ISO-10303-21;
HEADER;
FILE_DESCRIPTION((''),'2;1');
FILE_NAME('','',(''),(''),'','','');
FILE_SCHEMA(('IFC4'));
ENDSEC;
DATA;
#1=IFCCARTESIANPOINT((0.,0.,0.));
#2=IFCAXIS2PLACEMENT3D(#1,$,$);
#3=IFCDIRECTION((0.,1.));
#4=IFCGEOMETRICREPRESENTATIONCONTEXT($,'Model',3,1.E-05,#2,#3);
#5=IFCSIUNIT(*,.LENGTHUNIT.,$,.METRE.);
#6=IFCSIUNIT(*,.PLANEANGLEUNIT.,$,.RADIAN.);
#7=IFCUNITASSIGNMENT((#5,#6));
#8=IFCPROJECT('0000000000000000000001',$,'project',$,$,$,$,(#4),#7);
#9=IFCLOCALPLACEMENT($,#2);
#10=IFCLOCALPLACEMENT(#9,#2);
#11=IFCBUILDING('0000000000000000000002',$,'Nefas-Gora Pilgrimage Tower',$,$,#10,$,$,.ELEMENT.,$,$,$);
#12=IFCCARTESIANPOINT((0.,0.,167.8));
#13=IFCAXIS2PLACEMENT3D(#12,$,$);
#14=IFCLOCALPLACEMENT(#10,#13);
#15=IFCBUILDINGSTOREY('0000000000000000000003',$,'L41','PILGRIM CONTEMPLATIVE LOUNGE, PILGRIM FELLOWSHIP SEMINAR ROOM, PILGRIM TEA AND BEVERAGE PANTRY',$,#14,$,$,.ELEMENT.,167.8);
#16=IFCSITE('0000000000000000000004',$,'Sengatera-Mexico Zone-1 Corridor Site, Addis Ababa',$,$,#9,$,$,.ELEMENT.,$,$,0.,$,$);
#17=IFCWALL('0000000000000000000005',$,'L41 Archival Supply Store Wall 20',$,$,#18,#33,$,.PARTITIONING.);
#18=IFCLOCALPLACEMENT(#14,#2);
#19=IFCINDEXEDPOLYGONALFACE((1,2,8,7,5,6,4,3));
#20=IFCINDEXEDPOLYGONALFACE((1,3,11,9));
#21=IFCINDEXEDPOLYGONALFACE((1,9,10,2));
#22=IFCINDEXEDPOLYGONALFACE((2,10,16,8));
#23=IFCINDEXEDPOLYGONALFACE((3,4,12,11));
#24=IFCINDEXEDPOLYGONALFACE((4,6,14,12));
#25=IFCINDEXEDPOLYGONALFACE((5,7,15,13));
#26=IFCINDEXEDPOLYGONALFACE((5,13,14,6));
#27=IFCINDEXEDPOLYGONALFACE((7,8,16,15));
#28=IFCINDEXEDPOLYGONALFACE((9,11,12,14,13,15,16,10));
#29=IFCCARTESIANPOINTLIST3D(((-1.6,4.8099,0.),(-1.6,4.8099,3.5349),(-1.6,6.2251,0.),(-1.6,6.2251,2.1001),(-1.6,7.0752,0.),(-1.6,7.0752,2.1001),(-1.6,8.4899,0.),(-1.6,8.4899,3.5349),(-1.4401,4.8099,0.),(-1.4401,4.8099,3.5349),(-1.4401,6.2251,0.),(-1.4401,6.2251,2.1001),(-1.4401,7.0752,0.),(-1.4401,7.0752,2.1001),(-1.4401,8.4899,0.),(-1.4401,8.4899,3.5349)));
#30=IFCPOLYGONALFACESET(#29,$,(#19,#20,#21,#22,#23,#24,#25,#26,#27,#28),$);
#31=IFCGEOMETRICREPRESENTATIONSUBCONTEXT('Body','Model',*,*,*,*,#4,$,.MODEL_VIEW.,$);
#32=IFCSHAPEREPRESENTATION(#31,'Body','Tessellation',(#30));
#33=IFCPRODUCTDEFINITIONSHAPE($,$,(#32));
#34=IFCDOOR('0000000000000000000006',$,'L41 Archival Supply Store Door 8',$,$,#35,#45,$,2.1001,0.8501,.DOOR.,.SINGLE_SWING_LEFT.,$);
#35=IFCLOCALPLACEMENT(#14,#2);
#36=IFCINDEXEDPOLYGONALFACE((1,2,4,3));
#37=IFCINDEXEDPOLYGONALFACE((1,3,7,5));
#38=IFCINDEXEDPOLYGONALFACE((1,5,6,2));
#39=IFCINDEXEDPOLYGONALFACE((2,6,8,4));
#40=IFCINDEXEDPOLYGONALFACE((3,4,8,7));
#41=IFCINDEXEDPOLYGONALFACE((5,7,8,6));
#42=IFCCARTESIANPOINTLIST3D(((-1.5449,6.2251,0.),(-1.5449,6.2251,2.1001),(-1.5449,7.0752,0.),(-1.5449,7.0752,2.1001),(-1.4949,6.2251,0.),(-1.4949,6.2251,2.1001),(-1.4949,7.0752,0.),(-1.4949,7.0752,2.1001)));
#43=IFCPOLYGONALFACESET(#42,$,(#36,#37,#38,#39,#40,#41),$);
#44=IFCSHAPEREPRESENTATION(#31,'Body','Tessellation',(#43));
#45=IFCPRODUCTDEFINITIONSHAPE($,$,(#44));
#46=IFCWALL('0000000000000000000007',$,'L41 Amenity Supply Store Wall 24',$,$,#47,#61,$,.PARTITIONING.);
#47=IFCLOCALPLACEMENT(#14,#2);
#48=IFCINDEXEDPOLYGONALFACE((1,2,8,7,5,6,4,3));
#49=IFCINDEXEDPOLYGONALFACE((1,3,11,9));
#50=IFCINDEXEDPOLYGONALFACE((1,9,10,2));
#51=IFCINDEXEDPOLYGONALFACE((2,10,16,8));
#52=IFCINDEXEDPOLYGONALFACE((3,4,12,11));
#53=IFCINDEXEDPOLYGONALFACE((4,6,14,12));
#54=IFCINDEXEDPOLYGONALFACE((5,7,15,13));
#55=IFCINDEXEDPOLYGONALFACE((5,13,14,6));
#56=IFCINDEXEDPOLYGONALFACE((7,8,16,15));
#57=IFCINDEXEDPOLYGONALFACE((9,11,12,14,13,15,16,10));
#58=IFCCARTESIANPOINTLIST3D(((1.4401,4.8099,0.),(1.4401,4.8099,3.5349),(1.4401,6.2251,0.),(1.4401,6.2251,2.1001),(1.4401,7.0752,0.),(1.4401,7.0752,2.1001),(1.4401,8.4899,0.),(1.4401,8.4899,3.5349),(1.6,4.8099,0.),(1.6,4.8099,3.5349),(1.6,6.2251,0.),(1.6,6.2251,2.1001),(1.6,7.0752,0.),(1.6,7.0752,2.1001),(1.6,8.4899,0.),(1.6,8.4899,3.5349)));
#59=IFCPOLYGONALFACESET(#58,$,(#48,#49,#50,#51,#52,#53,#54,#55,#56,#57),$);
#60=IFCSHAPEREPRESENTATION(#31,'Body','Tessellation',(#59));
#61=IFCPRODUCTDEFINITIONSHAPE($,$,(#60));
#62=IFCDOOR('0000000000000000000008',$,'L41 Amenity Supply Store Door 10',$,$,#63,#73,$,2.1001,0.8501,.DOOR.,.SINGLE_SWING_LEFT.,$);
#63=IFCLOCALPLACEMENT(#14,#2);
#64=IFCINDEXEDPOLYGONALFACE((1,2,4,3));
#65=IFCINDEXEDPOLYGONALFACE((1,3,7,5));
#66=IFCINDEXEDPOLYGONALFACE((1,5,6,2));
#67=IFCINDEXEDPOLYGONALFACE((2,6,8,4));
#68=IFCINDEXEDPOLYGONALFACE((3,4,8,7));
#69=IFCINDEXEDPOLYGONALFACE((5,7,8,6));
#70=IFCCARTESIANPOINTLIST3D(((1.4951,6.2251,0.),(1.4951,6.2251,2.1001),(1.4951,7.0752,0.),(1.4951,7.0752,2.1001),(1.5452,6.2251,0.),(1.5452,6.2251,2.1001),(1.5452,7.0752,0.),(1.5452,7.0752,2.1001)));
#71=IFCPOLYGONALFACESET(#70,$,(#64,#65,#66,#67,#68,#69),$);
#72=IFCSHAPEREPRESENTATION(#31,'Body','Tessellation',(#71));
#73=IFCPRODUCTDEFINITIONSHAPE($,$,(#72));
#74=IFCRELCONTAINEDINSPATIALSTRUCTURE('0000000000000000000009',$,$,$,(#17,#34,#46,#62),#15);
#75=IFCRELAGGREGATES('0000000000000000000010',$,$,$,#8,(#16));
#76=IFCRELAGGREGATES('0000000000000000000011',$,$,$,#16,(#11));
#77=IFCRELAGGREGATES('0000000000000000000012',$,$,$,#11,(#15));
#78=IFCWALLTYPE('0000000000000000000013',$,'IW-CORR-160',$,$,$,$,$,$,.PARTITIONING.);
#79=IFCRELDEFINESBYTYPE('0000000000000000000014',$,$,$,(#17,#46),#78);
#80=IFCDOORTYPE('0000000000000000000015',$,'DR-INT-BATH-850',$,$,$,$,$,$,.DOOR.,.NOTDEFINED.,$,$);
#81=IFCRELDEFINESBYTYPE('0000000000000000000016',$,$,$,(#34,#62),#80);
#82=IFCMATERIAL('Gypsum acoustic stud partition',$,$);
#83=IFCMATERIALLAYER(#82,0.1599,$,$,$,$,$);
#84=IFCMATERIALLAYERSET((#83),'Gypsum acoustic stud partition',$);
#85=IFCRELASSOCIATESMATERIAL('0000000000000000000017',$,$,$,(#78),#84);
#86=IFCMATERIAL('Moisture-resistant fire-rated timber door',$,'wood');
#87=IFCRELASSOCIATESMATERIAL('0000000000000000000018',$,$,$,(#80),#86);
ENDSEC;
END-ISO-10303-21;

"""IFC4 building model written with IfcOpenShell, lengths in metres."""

from ifc_helpers import new_model, si_unit, direction, frame, frame_2d, origin, place, context, subcontext, project, spatial, rectangle, extrude, source, transform, mapped, material, layer, layer_set, type_object, element, fill, save


model = new_model("IFC4")

# Units and contexts
model_context = context("Model", 3, precision=1e-05, world=origin(), true_north=direction((0.0, 1.0)))
body_context = subcontext(model_context, "Body", "Model", "MODEL_VIEW")
ifc_project = project(units=[si_unit("LENGTHUNIT", "METRE"), si_unit("PLANEANGLEUNIT", "RADIAN")], contexts=[model_context])

# Site, building, storey
site_placement = place(None, origin())
site = spatial("IfcSite", under=ifc_project, at=site_placement, Name="Sengatera-Mexico Zone-1 Corridor Site, Addis Ababa", CompositionType="ELEMENT", RefElevation=0.0)
building_placement = place(site_placement, origin())
building = spatial("IfcBuilding", under=site, at=building_placement, Name="Nefas-Gora Pilgrimage Tower", CompositionType="ELEMENT")
storey_placement = place(building_placement, frame((0.0, 0.0, 167.8)))
storey = spatial("IfcBuildingStorey", under=building, at=storey_placement, Name="L41", Description="PILGRIM CONTEMPLATIVE LOUNGE, PILGRIM FELLOWSHIP SEMINAR ROOM, PILGRIM TEA AND BEVERAGE PANTRY", CompositionType="ELEMENT", Elevation=167.8)

# Walls, openings, doors
ifc_material_1 = material(Name="Gypsum acoustic stud partition")
ifc_layer_1 = layer(ifc_material_1, 0.1599)
ifc_layer_set_1 = layer_set([ifc_layer_1], Name="Gypsum acoustic stud partition")
wall_type_1 = type_object("IfcWallType", Name="IW-CORR-160", PredefinedType="PARTITIONING", material=ifc_layer_set_1)
ifc_material_2 = material(Name="Moisture-resistant fire-rated timber door", Category="wood")
door_type = type_object("IfcDoorType", Name="DR-INT-BATH-850", OperationType="NOTDEFINED", PredefinedType="DOOR", material=ifc_material_2)
shared_shape_1 = source(origin(), body_context, "Body", "SweptSolid", [
    extrude(rectangle(XDim=0.8501, YDim=2.1001, at=frame_2d((0.425, 1.05))), frame((0.0, 0.0249, 0.0), z_axis=(0.0, -1.0, 0.0), x_axis=(1.0, 0.0, 0.0)), (0.0, 0.0, 1.0), 0.05),
])
shared_shape_2 = source(origin(), body_context, "Body", "SweptSolid", [
    extrude(rectangle(XDim=3.6799, YDim=0.1599, at=frame_2d((1.8398, 0.0))), origin(), (0.0, 0.0, 1.0), 3.5349),
])
wall_1_placement = place(storey_placement, frame((-1.52, 4.8101, 0.0), z_axis=(0.0, 0.0, 1.0), x_axis=(0.0, 1.0, 0.0)))
wall_1 = element("IfcWall", 1, at=wall_1_placement, inside=storey, type_object=wall_type_1, Name="L41 Archival Supply Store Wall 20", PredefinedType="PARTITIONING", context=body_context, shape_type="MappedRepresentation", body=[
    mapped(shared_shape_2, transform((0.0, 0.0, 0.0), x_axis=(1.0, 0.0, 0.0), y_axis=(0.0, 1.0, 0.0), z_axis=(0.0, 0.0, 1.0), scale=1.0)),
])
opening_1_placement = place(wall_1_placement, frame((1.415, 0.0, 0.0)))
opening_1 = element("IfcOpeningElement", 2, at=opening_1_placement, cuts=wall_1, PredefinedType="OPENING", context=body_context, shape_type="SweptSolid", body=[
    extrude(rectangle(XDim=0.8501, YDim=2.1001, at=frame_2d((0.425, 1.05))), frame((0.0, 0.0898, 0.0), z_axis=(0.0, -1.0, 0.0), x_axis=(1.0, 0.0, 0.0)), (0.0, 0.0, 1.0), 0.1799),
])
door_1_placement = place(opening_1_placement, origin())
door_1 = element("IfcDoor", 3, at=door_1_placement, inside=storey, type_object=door_type, Name="L41 Archival Supply Store Door 8", OperationType="SINGLE_SWING_LEFT", OverallHeight=2.1001, OverallWidth=0.8501, PredefinedType="DOOR", context=body_context, shape_type="MappedRepresentation", body=[
    mapped(shared_shape_1, transform((0.0, 0.0, 0.0), x_axis=(1.0, 0.0, 0.0), y_axis=(0.0, 1.0, 0.0), z_axis=(0.0, 0.0, 1.0), scale=1.0)),
])
fill(opening_1, door_1)
wall_2_placement = place(storey_placement, frame((1.52, 4.8101, 0.0), z_axis=(0.0, 0.0, 1.0), x_axis=(0.0, 1.0, 0.0)))
wall_2 = element("IfcWall", 4, at=wall_2_placement, inside=storey, type_object=wall_type_1, Name="L41 Amenity Supply Store Wall 24", PredefinedType="PARTITIONING", context=body_context, shape_type="MappedRepresentation", body=[
    mapped(shared_shape_2, transform((0.0, 0.0, 0.0), x_axis=(1.0, 0.0, 0.0), y_axis=(0.0, 1.0, 0.0), z_axis=(0.0, 0.0, 1.0), scale=1.0)),
])
opening_2_placement = place(wall_2_placement, frame((1.415, 0.0, 0.0)))
opening_2 = element("IfcOpeningElement", 5, at=opening_2_placement, cuts=wall_2, PredefinedType="OPENING", context=body_context, shape_type="SweptSolid", body=[
    extrude(rectangle(XDim=0.8501, YDim=2.1001, at=frame_2d((0.425, 1.05))), frame((0.0, 0.0898, 0.0), z_axis=(0.0, -1.0, 0.0), x_axis=(1.0, 0.0, 0.0)), (0.0, 0.0, 1.0), 0.1799),
])
door_2_placement = place(opening_2_placement, origin())
door_2 = element("IfcDoor", 6, at=door_2_placement, inside=storey, type_object=door_type, Name="L41 Amenity Supply Store Door 10", OperationType="SINGLE_SWING_LEFT", OverallHeight=2.1001, OverallWidth=0.8501, PredefinedType="DOOR", context=body_context, shape_type="MappedRepresentation", body=[
    mapped(shared_shape_1, transform((0.0, 0.0, 0.0), x_axis=(1.0, 0.0, 0.0), y_axis=(0.0, 1.0, 0.0), z_axis=(0.0, 0.0, 1.0), scale=1.0)),
])
fill(opening_2, door_2)

save(model, "model.ifc")
